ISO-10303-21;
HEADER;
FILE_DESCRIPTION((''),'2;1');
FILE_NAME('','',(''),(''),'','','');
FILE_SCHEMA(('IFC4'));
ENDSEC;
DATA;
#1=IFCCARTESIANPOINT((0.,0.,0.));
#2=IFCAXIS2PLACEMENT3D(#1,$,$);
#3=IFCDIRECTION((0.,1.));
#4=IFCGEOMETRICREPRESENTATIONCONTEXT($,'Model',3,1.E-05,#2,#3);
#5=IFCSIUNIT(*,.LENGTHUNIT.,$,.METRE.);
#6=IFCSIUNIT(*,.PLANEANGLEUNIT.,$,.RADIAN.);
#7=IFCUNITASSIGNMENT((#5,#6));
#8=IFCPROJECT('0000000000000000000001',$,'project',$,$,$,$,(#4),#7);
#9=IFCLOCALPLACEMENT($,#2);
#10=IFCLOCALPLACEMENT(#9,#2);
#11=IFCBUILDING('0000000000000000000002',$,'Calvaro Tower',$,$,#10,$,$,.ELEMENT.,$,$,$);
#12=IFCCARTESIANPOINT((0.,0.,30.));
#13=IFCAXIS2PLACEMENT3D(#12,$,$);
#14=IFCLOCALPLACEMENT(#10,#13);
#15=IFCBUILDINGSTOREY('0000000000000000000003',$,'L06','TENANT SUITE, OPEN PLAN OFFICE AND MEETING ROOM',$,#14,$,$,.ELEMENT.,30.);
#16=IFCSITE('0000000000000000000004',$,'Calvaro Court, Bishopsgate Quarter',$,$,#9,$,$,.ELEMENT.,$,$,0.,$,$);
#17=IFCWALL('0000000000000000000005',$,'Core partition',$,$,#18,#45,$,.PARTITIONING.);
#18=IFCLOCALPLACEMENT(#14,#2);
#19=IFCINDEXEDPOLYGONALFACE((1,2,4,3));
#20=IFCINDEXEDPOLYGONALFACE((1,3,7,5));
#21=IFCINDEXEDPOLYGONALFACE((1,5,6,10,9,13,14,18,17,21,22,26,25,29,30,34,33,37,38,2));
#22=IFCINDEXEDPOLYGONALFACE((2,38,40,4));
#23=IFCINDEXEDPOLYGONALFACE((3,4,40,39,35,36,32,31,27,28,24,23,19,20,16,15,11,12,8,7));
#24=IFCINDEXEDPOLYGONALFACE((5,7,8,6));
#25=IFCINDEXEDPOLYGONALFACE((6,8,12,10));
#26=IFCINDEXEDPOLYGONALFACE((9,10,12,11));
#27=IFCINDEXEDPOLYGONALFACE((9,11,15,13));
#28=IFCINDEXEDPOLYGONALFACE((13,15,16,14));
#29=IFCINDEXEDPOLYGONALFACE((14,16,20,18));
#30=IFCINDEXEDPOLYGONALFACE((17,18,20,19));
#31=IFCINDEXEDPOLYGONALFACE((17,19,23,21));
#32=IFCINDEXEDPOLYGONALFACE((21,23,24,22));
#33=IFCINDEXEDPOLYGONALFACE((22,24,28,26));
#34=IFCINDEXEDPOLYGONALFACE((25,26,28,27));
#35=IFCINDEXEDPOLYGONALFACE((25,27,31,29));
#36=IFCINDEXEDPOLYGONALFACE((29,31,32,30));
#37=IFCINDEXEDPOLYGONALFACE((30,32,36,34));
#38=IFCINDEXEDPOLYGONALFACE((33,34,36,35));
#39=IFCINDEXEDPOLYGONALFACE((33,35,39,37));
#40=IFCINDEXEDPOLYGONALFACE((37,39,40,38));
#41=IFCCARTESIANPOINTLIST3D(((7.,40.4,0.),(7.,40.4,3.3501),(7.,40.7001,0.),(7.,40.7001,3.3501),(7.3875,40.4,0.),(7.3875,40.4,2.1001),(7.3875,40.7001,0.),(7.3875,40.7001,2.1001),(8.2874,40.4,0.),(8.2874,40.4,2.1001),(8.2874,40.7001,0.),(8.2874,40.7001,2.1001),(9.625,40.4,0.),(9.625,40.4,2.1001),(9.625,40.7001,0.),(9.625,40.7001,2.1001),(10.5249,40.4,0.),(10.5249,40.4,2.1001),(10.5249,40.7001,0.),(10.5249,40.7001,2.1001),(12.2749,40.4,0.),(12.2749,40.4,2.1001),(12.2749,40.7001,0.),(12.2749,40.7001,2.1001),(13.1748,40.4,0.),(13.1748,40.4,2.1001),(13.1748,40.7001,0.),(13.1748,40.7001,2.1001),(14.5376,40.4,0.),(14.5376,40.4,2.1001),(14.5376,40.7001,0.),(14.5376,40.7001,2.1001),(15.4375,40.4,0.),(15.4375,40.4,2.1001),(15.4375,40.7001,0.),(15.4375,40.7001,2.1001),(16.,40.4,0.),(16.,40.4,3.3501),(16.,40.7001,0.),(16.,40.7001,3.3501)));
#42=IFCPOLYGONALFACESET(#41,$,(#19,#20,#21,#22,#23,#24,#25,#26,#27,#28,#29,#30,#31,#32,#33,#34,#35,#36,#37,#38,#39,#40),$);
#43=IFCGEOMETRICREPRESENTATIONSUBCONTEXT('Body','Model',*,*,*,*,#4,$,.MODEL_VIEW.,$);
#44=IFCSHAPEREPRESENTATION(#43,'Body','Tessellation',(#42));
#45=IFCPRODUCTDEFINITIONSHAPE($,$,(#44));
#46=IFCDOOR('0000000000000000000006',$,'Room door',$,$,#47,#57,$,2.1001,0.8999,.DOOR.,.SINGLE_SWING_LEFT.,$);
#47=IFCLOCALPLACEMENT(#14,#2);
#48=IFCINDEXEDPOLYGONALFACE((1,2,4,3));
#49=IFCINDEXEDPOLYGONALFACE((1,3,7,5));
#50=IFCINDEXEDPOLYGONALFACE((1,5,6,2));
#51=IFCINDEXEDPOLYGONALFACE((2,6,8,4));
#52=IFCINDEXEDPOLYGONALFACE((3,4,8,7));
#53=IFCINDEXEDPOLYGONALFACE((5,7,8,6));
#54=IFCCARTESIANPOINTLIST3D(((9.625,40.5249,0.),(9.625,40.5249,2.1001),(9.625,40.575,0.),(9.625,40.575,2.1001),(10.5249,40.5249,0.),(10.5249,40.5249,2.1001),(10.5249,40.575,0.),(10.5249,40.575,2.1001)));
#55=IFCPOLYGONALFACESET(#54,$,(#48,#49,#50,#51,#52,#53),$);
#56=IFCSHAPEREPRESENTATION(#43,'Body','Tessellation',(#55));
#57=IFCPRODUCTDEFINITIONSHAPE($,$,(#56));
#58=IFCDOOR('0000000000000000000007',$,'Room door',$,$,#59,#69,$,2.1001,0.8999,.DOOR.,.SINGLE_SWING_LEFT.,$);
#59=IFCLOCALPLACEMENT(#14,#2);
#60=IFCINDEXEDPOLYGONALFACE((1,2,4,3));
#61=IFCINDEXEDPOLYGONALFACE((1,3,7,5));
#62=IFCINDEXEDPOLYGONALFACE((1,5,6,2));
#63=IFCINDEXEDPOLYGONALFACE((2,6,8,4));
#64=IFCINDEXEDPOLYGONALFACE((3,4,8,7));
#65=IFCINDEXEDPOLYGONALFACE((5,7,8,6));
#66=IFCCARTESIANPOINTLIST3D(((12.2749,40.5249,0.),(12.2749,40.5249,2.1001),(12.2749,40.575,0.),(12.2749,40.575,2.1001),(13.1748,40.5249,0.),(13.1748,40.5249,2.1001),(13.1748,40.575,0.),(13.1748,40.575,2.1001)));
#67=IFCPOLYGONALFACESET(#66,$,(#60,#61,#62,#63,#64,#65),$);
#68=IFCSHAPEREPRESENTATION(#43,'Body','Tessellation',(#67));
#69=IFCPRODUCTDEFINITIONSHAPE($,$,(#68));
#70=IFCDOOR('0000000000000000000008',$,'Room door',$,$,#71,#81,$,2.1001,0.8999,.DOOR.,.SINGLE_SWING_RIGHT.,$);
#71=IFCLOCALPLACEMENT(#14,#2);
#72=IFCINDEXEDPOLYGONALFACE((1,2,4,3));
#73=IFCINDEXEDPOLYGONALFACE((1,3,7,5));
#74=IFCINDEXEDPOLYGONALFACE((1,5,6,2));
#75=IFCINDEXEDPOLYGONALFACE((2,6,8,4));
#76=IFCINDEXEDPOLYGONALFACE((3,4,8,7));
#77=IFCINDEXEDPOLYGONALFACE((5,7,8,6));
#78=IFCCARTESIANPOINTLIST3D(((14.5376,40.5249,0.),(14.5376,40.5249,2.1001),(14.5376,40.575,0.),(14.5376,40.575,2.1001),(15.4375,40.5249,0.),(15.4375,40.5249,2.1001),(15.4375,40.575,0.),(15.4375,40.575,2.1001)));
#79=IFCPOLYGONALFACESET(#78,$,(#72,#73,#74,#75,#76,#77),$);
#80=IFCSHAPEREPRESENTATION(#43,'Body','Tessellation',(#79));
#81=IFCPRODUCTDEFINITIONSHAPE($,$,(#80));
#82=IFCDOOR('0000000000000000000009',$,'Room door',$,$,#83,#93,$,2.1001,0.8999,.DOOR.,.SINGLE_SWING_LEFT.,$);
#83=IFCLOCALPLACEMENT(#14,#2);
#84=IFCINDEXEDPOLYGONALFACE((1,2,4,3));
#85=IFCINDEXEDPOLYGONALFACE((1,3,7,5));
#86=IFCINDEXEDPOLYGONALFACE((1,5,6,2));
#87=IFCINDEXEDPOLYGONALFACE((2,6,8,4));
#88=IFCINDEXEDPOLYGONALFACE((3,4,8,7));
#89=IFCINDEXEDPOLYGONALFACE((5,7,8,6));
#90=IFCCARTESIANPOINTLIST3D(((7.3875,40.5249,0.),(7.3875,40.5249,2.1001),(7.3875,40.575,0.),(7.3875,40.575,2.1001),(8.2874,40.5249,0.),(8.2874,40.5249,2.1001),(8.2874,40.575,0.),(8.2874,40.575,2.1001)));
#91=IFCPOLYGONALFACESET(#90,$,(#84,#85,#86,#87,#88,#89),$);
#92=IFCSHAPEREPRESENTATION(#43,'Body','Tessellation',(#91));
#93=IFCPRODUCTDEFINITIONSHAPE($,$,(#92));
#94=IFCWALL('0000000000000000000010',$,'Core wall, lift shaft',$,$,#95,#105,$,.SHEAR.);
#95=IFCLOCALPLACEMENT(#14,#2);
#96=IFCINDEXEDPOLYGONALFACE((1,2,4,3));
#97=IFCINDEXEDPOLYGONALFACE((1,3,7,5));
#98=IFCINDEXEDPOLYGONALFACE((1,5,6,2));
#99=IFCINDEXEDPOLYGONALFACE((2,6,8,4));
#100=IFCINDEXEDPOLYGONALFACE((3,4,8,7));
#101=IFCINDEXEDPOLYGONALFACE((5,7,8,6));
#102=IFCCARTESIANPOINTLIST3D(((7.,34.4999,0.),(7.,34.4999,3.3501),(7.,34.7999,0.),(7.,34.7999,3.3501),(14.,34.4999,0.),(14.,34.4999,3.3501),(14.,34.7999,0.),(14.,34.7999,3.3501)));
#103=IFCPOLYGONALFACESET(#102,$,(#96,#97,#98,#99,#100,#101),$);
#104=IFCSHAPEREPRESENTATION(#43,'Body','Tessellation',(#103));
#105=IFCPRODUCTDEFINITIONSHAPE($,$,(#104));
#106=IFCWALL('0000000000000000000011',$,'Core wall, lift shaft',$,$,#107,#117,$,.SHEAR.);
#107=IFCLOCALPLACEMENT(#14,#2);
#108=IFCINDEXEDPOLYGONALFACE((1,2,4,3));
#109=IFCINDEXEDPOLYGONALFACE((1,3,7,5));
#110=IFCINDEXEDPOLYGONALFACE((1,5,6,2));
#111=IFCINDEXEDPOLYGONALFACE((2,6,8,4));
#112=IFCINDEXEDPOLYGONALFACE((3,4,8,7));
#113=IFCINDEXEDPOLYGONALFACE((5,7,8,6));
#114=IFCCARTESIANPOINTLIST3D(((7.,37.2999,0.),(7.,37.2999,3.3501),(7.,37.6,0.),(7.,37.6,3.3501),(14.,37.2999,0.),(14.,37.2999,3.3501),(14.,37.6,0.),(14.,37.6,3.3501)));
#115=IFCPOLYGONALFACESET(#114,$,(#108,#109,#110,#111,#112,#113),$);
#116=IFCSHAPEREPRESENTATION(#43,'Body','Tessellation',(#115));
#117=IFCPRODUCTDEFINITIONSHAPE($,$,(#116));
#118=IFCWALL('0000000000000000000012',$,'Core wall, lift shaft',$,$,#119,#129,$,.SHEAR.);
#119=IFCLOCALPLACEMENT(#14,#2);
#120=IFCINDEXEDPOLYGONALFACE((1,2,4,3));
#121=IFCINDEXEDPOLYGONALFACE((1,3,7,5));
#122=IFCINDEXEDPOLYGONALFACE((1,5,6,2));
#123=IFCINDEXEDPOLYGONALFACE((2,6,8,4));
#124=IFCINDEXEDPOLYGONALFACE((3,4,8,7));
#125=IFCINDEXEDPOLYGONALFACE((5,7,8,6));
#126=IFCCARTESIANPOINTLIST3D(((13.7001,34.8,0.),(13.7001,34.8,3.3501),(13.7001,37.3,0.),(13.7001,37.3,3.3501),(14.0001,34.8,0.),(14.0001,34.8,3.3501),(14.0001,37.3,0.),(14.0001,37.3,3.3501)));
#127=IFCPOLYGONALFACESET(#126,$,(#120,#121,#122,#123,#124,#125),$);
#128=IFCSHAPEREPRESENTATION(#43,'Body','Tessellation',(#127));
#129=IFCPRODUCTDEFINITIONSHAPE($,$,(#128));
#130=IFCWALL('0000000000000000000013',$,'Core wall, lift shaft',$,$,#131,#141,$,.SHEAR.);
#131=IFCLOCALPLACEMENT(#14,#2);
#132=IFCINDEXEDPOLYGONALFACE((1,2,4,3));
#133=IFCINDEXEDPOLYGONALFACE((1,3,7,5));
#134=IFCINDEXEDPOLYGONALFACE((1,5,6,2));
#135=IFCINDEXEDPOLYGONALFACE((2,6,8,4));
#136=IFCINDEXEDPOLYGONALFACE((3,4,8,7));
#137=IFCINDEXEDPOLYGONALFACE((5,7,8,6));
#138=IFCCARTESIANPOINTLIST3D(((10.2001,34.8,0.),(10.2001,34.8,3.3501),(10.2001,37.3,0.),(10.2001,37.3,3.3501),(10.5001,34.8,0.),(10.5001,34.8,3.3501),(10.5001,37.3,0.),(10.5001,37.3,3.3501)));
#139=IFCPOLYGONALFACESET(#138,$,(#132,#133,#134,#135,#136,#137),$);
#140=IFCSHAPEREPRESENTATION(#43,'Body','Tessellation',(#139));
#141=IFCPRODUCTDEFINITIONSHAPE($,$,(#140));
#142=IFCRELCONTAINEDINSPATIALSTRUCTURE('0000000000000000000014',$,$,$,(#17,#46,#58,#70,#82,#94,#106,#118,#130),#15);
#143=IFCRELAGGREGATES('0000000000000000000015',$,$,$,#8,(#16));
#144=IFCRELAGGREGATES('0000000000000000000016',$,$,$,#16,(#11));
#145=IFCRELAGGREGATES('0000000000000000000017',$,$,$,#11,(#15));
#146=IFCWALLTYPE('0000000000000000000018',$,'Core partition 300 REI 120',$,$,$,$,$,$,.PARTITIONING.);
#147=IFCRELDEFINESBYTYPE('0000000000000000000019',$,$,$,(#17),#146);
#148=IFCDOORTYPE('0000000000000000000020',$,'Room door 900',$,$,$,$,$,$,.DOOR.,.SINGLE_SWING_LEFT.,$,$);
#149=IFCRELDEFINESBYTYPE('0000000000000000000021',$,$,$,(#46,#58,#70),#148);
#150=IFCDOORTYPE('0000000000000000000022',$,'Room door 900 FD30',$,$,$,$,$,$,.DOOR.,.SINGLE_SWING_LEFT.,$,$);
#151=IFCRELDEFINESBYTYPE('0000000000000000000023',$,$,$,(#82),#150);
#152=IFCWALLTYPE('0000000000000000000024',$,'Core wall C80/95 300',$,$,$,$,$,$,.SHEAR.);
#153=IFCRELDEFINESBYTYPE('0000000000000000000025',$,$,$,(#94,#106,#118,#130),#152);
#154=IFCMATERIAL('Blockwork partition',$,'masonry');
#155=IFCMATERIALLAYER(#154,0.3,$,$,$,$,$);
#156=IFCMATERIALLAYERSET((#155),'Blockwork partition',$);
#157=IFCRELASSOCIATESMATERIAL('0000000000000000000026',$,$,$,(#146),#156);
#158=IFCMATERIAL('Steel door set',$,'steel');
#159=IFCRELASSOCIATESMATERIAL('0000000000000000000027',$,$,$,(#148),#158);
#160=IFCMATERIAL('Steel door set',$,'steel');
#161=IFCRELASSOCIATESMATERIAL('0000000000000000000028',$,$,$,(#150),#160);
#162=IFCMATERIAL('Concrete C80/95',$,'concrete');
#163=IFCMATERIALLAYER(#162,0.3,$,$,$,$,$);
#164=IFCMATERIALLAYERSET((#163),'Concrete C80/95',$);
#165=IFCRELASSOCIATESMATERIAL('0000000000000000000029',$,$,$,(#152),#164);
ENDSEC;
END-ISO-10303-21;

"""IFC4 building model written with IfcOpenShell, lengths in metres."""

from ifc_helpers import new_model, si_unit, direction, frame, frame_2d, origin, place, context, subcontext, project, spatial, rectangle, extrude, material, layer, layer_set, type_object, element, fill, save


model = new_model("IFC4")

# Units and contexts
model_context = context("Model", 3, precision=1e-05, world=origin(), true_north=direction((0.0, 1.0)))
body_context = subcontext(model_context, "Body", "Model", "MODEL_VIEW")
ifc_project = project(units=[si_unit("LENGTHUNIT", "METRE"), si_unit("PLANEANGLEUNIT", "RADIAN")], contexts=[model_context])

# Site, building, storey
site_placement = place(None, origin())
site = spatial("IfcSite", under=ifc_project, at=site_placement, Name="Calvaro Court, Bishopsgate Quarter", CompositionType="ELEMENT", RefElevation=0.0)
building_placement = place(site_placement, origin())
building = spatial("IfcBuilding", under=site, at=building_placement, Name="Calvaro Tower", CompositionType="ELEMENT")
storey_placement = place(building_placement, frame((0.0, 0.0, 30.0)))
storey = spatial("IfcBuildingStorey", under=building, at=storey_placement, Name="L06", Description="TENANT SUITE, OPEN PLAN OFFICE AND MEETING ROOM", CompositionType="ELEMENT", Elevation=30.0)

# Wall, openings, doors
ifc_material_1 = material(Name="Blockwork partition", Category="masonry")
ifc_layer_1 = layer(ifc_material_1, 0.3)
ifc_layer_set_1 = layer_set([ifc_layer_1], Name="Blockwork partition")
wall_type_1 = type_object("IfcWallType", Name="Core partition 300 REI 120", PredefinedType="PARTITIONING", material=ifc_layer_set_1)
wall_1_placement = place(storey_placement, frame((7.0, 40.55, 0.0), z_axis=(0.0, 0.0, 1.0), x_axis=(1.0, 0.0, 0.0)))
wall_1 = element("IfcWall", 1, at=wall_1_placement, inside=storey, type_object=wall_type_1, Name="Core partition", PredefinedType="PARTITIONING", context=body_context, shape_type="SweptSolid", body=[
    extrude(rectangle(XDim=9.0, YDim=0.3, at=frame_2d((4.5, 0.0))), origin(), (0.0, 0.0, 1.0), 3.3501),
])
opening_1_placement = place(wall_1_placement, frame((0.3875, 0.0, 0.0)))
opening_1 = element("IfcOpeningElement", 2, at=opening_1_placement, cuts=wall_1, PredefinedType="OPENING", context=body_context, shape_type="SweptSolid", body=[
    extrude(rectangle(XDim=0.8999, YDim=2.1001, at=frame_2d((0.45, 1.05))), frame((0.0, 0.1599, 0.0), z_axis=(0.0, -1.0, 0.0), x_axis=(1.0, 0.0, 0.0)), (0.0, 0.0, 1.0), 0.3201),
])
opening_2_placement = place(wall_1_placement, frame((2.625, 0.0, 0.0)))
opening_2 = element("IfcOpeningElement", 3, at=opening_2_placement, cuts=wall_1, PredefinedType="OPENING", context=body_context, shape_type="SweptSolid", body=[
    extrude(rectangle(XDim=0.8999, YDim=2.1001, at=frame_2d((0.45, 1.05))), frame((0.0, 0.1599, 0.0), z_axis=(0.0, -1.0, 0.0), x_axis=(1.0, 0.0, 0.0)), (0.0, 0.0, 1.0), 0.3201),
])
opening_3_placement = place(wall_1_placement, frame((5.2749, 0.0, 0.0)))
opening_3 = element("IfcOpeningElement", 4, at=opening_3_placement, cuts=wall_1, PredefinedType="OPENING", context=body_context, shape_type="SweptSolid", body=[
    extrude(rectangle(XDim=0.8999, YDim=2.1001, at=frame_2d((0.45, 1.05))), frame((0.0, 0.1599, 0.0), z_axis=(0.0, -1.0, 0.0), x_axis=(1.0, 0.0, 0.0)), (0.0, 0.0, 1.0), 0.3201),
])
opening_4_placement = place(wall_1_placement, frame((7.5376, 0.0, 0.0)))
opening_4 = element("IfcOpeningElement", 5, at=opening_4_placement, cuts=wall_1, PredefinedType="OPENING", context=body_context, shape_type="SweptSolid", body=[
    extrude(rectangle(XDim=0.8999, YDim=2.1001, at=frame_2d((0.45, 1.05))), frame((0.0, 0.1599, 0.0), z_axis=(0.0, -1.0, 0.0), x_axis=(1.0, 0.0, 0.0)), (0.0, 0.0, 1.0), 0.3201),
])
ifc_material_2 = material(Name="Steel door set", Category="steel")
door_type_1 = type_object("IfcDoorType", Name="Room door 900", OperationType="SINGLE_SWING_LEFT", PredefinedType="DOOR", material=ifc_material_2)
door_1_placement = place(opening_2_placement, origin())
door_1 = element("IfcDoor", 6, at=door_1_placement, inside=storey, type_object=door_type_1, Name="Room door", OperationType="SINGLE_SWING_LEFT", OverallHeight=2.1001, OverallWidth=0.8999, PredefinedType="DOOR", context=body_context, shape_type="SweptSolid", body=[
    extrude(rectangle(XDim=0.8999, YDim=2.1001, at=frame_2d((0.45, 1.05))), frame((0.0, 0.0249, 0.0), z_axis=(0.0, -1.0, 0.0), x_axis=(1.0, 0.0, 0.0)), (0.0, 0.0, 1.0), 0.05),
])
fill(opening_2, door_1)
door_2_placement = place(opening_3_placement, origin())
door_2 = element("IfcDoor", 7, at=door_2_placement, inside=storey, type_object=door_type_1, Name="Room door", OperationType="SINGLE_SWING_LEFT", OverallHeight=2.1001, OverallWidth=0.8999, PredefinedType="DOOR", context=body_context, shape_type="SweptSolid", body=[
    extrude(rectangle(XDim=0.8999, YDim=2.1001, at=frame_2d((0.45, 1.05))), frame((0.0, 0.0249, 0.0), z_axis=(0.0, -1.0, 0.0), x_axis=(1.0, 0.0, 0.0)), (0.0, 0.0, 1.0), 0.05),
])
fill(opening_3, door_2)
door_3_placement = place(opening_4_placement, origin())
door_3 = element("IfcDoor", 8, at=door_3_placement, inside=storey, type_object=door_type_1, Name="Room door", OperationType="SINGLE_SWING_RIGHT", OverallHeight=2.1001, OverallWidth=0.8999, PredefinedType="DOOR", context=body_context, shape_type="SweptSolid", body=[
    extrude(rectangle(XDim=0.8999, YDim=2.1001, at=frame_2d((0.45, 1.05))), frame((0.0, 0.0249, 0.0), z_axis=(0.0, -1.0, 0.0), x_axis=(1.0, 0.0, 0.0)), (0.0, 0.0, 1.0), 0.05),
])
fill(opening_4, door_3)
ifc_material_3 = material(Name="Steel door set", Category="steel")
door_type_2 = type_object("IfcDoorType", Name="Room door 900 FD30", OperationType="SINGLE_SWING_LEFT", PredefinedType="DOOR", material=ifc_material_3)
door_4_placement = place(opening_1_placement, origin())
door_4 = element("IfcDoor", 9, at=door_4_placement, inside=storey, type_object=door_type_2, Name="Room door", OperationType="SINGLE_SWING_LEFT", OverallHeight=2.1001, OverallWidth=0.8999, PredefinedType="DOOR", context=body_context, shape_type="SweptSolid", body=[
    extrude(rectangle(XDim=0.8999, YDim=2.1001, at=frame_2d((0.45, 1.05))), frame((0.0, 0.0249, 0.0), z_axis=(0.0, -1.0, 0.0), x_axis=(1.0, 0.0, 0.0)), (0.0, 0.0, 1.0), 0.05),
])
fill(opening_1, door_4)

# Walls
ifc_material_4 = material(Name="Concrete C80/95", Category="concrete")
ifc_layer_2 = layer(ifc_material_4, 0.3)
ifc_layer_set_2 = layer_set([ifc_layer_2], Name="Concrete C80/95")
wall_type_2 = type_object("IfcWallType", Name="Core wall C80/95 300", PredefinedType="SHEAR", material=ifc_layer_set_2)
for number, where, z_axis, x_axis, name in (
    (10, (7.0, 34.6499, 0.0), (0.0, 0.0, 1.0), (1.0, 0.0, 0.0), "Core wall, lift shaft"),
    (11, (7.0, 37.45, 0.0), (0.0, 0.0, 1.0), (1.0, 0.0, 0.0), "Core wall, lift shaft"),
):
    element("IfcWall", number, at=place(storey_placement, frame(where, z_axis=z_axis, x_axis=x_axis)), inside=storey, type_object=wall_type_2, Name=name, PredefinedType="SHEAR", context=body_context, shape_type="SweptSolid", body=[
        extrude(rectangle(XDim=7.0, YDim=0.3, at=frame_2d((3.5, 0.0))), origin(), (0.0, 0.0, 1.0), 3.3501),
    ])
for number, where, z_axis, x_axis, name in (
    (12, (13.8501, 34.8, 0.0), (0.0, 0.0, 1.0), (0.0, 1.0, 0.0), "Core wall, lift shaft"),
    (13, (10.3501, 34.8, 0.0), (0.0, 0.0, 1.0), (0.0, 1.0, 0.0), "Core wall, lift shaft"),
):
    element("IfcWall", number, at=place(storey_placement, frame(where, z_axis=z_axis, x_axis=x_axis)), inside=storey, type_object=wall_type_2, Name=name, PredefinedType="SHEAR", context=body_context, shape_type="SweptSolid", body=[
        extrude(rectangle(XDim=2.5, YDim=0.3, at=frame_2d((1.25, 0.0))), origin(), (0.0, 0.0, 1.0), 3.3501),
    ])

save(model, "model.ifc")
